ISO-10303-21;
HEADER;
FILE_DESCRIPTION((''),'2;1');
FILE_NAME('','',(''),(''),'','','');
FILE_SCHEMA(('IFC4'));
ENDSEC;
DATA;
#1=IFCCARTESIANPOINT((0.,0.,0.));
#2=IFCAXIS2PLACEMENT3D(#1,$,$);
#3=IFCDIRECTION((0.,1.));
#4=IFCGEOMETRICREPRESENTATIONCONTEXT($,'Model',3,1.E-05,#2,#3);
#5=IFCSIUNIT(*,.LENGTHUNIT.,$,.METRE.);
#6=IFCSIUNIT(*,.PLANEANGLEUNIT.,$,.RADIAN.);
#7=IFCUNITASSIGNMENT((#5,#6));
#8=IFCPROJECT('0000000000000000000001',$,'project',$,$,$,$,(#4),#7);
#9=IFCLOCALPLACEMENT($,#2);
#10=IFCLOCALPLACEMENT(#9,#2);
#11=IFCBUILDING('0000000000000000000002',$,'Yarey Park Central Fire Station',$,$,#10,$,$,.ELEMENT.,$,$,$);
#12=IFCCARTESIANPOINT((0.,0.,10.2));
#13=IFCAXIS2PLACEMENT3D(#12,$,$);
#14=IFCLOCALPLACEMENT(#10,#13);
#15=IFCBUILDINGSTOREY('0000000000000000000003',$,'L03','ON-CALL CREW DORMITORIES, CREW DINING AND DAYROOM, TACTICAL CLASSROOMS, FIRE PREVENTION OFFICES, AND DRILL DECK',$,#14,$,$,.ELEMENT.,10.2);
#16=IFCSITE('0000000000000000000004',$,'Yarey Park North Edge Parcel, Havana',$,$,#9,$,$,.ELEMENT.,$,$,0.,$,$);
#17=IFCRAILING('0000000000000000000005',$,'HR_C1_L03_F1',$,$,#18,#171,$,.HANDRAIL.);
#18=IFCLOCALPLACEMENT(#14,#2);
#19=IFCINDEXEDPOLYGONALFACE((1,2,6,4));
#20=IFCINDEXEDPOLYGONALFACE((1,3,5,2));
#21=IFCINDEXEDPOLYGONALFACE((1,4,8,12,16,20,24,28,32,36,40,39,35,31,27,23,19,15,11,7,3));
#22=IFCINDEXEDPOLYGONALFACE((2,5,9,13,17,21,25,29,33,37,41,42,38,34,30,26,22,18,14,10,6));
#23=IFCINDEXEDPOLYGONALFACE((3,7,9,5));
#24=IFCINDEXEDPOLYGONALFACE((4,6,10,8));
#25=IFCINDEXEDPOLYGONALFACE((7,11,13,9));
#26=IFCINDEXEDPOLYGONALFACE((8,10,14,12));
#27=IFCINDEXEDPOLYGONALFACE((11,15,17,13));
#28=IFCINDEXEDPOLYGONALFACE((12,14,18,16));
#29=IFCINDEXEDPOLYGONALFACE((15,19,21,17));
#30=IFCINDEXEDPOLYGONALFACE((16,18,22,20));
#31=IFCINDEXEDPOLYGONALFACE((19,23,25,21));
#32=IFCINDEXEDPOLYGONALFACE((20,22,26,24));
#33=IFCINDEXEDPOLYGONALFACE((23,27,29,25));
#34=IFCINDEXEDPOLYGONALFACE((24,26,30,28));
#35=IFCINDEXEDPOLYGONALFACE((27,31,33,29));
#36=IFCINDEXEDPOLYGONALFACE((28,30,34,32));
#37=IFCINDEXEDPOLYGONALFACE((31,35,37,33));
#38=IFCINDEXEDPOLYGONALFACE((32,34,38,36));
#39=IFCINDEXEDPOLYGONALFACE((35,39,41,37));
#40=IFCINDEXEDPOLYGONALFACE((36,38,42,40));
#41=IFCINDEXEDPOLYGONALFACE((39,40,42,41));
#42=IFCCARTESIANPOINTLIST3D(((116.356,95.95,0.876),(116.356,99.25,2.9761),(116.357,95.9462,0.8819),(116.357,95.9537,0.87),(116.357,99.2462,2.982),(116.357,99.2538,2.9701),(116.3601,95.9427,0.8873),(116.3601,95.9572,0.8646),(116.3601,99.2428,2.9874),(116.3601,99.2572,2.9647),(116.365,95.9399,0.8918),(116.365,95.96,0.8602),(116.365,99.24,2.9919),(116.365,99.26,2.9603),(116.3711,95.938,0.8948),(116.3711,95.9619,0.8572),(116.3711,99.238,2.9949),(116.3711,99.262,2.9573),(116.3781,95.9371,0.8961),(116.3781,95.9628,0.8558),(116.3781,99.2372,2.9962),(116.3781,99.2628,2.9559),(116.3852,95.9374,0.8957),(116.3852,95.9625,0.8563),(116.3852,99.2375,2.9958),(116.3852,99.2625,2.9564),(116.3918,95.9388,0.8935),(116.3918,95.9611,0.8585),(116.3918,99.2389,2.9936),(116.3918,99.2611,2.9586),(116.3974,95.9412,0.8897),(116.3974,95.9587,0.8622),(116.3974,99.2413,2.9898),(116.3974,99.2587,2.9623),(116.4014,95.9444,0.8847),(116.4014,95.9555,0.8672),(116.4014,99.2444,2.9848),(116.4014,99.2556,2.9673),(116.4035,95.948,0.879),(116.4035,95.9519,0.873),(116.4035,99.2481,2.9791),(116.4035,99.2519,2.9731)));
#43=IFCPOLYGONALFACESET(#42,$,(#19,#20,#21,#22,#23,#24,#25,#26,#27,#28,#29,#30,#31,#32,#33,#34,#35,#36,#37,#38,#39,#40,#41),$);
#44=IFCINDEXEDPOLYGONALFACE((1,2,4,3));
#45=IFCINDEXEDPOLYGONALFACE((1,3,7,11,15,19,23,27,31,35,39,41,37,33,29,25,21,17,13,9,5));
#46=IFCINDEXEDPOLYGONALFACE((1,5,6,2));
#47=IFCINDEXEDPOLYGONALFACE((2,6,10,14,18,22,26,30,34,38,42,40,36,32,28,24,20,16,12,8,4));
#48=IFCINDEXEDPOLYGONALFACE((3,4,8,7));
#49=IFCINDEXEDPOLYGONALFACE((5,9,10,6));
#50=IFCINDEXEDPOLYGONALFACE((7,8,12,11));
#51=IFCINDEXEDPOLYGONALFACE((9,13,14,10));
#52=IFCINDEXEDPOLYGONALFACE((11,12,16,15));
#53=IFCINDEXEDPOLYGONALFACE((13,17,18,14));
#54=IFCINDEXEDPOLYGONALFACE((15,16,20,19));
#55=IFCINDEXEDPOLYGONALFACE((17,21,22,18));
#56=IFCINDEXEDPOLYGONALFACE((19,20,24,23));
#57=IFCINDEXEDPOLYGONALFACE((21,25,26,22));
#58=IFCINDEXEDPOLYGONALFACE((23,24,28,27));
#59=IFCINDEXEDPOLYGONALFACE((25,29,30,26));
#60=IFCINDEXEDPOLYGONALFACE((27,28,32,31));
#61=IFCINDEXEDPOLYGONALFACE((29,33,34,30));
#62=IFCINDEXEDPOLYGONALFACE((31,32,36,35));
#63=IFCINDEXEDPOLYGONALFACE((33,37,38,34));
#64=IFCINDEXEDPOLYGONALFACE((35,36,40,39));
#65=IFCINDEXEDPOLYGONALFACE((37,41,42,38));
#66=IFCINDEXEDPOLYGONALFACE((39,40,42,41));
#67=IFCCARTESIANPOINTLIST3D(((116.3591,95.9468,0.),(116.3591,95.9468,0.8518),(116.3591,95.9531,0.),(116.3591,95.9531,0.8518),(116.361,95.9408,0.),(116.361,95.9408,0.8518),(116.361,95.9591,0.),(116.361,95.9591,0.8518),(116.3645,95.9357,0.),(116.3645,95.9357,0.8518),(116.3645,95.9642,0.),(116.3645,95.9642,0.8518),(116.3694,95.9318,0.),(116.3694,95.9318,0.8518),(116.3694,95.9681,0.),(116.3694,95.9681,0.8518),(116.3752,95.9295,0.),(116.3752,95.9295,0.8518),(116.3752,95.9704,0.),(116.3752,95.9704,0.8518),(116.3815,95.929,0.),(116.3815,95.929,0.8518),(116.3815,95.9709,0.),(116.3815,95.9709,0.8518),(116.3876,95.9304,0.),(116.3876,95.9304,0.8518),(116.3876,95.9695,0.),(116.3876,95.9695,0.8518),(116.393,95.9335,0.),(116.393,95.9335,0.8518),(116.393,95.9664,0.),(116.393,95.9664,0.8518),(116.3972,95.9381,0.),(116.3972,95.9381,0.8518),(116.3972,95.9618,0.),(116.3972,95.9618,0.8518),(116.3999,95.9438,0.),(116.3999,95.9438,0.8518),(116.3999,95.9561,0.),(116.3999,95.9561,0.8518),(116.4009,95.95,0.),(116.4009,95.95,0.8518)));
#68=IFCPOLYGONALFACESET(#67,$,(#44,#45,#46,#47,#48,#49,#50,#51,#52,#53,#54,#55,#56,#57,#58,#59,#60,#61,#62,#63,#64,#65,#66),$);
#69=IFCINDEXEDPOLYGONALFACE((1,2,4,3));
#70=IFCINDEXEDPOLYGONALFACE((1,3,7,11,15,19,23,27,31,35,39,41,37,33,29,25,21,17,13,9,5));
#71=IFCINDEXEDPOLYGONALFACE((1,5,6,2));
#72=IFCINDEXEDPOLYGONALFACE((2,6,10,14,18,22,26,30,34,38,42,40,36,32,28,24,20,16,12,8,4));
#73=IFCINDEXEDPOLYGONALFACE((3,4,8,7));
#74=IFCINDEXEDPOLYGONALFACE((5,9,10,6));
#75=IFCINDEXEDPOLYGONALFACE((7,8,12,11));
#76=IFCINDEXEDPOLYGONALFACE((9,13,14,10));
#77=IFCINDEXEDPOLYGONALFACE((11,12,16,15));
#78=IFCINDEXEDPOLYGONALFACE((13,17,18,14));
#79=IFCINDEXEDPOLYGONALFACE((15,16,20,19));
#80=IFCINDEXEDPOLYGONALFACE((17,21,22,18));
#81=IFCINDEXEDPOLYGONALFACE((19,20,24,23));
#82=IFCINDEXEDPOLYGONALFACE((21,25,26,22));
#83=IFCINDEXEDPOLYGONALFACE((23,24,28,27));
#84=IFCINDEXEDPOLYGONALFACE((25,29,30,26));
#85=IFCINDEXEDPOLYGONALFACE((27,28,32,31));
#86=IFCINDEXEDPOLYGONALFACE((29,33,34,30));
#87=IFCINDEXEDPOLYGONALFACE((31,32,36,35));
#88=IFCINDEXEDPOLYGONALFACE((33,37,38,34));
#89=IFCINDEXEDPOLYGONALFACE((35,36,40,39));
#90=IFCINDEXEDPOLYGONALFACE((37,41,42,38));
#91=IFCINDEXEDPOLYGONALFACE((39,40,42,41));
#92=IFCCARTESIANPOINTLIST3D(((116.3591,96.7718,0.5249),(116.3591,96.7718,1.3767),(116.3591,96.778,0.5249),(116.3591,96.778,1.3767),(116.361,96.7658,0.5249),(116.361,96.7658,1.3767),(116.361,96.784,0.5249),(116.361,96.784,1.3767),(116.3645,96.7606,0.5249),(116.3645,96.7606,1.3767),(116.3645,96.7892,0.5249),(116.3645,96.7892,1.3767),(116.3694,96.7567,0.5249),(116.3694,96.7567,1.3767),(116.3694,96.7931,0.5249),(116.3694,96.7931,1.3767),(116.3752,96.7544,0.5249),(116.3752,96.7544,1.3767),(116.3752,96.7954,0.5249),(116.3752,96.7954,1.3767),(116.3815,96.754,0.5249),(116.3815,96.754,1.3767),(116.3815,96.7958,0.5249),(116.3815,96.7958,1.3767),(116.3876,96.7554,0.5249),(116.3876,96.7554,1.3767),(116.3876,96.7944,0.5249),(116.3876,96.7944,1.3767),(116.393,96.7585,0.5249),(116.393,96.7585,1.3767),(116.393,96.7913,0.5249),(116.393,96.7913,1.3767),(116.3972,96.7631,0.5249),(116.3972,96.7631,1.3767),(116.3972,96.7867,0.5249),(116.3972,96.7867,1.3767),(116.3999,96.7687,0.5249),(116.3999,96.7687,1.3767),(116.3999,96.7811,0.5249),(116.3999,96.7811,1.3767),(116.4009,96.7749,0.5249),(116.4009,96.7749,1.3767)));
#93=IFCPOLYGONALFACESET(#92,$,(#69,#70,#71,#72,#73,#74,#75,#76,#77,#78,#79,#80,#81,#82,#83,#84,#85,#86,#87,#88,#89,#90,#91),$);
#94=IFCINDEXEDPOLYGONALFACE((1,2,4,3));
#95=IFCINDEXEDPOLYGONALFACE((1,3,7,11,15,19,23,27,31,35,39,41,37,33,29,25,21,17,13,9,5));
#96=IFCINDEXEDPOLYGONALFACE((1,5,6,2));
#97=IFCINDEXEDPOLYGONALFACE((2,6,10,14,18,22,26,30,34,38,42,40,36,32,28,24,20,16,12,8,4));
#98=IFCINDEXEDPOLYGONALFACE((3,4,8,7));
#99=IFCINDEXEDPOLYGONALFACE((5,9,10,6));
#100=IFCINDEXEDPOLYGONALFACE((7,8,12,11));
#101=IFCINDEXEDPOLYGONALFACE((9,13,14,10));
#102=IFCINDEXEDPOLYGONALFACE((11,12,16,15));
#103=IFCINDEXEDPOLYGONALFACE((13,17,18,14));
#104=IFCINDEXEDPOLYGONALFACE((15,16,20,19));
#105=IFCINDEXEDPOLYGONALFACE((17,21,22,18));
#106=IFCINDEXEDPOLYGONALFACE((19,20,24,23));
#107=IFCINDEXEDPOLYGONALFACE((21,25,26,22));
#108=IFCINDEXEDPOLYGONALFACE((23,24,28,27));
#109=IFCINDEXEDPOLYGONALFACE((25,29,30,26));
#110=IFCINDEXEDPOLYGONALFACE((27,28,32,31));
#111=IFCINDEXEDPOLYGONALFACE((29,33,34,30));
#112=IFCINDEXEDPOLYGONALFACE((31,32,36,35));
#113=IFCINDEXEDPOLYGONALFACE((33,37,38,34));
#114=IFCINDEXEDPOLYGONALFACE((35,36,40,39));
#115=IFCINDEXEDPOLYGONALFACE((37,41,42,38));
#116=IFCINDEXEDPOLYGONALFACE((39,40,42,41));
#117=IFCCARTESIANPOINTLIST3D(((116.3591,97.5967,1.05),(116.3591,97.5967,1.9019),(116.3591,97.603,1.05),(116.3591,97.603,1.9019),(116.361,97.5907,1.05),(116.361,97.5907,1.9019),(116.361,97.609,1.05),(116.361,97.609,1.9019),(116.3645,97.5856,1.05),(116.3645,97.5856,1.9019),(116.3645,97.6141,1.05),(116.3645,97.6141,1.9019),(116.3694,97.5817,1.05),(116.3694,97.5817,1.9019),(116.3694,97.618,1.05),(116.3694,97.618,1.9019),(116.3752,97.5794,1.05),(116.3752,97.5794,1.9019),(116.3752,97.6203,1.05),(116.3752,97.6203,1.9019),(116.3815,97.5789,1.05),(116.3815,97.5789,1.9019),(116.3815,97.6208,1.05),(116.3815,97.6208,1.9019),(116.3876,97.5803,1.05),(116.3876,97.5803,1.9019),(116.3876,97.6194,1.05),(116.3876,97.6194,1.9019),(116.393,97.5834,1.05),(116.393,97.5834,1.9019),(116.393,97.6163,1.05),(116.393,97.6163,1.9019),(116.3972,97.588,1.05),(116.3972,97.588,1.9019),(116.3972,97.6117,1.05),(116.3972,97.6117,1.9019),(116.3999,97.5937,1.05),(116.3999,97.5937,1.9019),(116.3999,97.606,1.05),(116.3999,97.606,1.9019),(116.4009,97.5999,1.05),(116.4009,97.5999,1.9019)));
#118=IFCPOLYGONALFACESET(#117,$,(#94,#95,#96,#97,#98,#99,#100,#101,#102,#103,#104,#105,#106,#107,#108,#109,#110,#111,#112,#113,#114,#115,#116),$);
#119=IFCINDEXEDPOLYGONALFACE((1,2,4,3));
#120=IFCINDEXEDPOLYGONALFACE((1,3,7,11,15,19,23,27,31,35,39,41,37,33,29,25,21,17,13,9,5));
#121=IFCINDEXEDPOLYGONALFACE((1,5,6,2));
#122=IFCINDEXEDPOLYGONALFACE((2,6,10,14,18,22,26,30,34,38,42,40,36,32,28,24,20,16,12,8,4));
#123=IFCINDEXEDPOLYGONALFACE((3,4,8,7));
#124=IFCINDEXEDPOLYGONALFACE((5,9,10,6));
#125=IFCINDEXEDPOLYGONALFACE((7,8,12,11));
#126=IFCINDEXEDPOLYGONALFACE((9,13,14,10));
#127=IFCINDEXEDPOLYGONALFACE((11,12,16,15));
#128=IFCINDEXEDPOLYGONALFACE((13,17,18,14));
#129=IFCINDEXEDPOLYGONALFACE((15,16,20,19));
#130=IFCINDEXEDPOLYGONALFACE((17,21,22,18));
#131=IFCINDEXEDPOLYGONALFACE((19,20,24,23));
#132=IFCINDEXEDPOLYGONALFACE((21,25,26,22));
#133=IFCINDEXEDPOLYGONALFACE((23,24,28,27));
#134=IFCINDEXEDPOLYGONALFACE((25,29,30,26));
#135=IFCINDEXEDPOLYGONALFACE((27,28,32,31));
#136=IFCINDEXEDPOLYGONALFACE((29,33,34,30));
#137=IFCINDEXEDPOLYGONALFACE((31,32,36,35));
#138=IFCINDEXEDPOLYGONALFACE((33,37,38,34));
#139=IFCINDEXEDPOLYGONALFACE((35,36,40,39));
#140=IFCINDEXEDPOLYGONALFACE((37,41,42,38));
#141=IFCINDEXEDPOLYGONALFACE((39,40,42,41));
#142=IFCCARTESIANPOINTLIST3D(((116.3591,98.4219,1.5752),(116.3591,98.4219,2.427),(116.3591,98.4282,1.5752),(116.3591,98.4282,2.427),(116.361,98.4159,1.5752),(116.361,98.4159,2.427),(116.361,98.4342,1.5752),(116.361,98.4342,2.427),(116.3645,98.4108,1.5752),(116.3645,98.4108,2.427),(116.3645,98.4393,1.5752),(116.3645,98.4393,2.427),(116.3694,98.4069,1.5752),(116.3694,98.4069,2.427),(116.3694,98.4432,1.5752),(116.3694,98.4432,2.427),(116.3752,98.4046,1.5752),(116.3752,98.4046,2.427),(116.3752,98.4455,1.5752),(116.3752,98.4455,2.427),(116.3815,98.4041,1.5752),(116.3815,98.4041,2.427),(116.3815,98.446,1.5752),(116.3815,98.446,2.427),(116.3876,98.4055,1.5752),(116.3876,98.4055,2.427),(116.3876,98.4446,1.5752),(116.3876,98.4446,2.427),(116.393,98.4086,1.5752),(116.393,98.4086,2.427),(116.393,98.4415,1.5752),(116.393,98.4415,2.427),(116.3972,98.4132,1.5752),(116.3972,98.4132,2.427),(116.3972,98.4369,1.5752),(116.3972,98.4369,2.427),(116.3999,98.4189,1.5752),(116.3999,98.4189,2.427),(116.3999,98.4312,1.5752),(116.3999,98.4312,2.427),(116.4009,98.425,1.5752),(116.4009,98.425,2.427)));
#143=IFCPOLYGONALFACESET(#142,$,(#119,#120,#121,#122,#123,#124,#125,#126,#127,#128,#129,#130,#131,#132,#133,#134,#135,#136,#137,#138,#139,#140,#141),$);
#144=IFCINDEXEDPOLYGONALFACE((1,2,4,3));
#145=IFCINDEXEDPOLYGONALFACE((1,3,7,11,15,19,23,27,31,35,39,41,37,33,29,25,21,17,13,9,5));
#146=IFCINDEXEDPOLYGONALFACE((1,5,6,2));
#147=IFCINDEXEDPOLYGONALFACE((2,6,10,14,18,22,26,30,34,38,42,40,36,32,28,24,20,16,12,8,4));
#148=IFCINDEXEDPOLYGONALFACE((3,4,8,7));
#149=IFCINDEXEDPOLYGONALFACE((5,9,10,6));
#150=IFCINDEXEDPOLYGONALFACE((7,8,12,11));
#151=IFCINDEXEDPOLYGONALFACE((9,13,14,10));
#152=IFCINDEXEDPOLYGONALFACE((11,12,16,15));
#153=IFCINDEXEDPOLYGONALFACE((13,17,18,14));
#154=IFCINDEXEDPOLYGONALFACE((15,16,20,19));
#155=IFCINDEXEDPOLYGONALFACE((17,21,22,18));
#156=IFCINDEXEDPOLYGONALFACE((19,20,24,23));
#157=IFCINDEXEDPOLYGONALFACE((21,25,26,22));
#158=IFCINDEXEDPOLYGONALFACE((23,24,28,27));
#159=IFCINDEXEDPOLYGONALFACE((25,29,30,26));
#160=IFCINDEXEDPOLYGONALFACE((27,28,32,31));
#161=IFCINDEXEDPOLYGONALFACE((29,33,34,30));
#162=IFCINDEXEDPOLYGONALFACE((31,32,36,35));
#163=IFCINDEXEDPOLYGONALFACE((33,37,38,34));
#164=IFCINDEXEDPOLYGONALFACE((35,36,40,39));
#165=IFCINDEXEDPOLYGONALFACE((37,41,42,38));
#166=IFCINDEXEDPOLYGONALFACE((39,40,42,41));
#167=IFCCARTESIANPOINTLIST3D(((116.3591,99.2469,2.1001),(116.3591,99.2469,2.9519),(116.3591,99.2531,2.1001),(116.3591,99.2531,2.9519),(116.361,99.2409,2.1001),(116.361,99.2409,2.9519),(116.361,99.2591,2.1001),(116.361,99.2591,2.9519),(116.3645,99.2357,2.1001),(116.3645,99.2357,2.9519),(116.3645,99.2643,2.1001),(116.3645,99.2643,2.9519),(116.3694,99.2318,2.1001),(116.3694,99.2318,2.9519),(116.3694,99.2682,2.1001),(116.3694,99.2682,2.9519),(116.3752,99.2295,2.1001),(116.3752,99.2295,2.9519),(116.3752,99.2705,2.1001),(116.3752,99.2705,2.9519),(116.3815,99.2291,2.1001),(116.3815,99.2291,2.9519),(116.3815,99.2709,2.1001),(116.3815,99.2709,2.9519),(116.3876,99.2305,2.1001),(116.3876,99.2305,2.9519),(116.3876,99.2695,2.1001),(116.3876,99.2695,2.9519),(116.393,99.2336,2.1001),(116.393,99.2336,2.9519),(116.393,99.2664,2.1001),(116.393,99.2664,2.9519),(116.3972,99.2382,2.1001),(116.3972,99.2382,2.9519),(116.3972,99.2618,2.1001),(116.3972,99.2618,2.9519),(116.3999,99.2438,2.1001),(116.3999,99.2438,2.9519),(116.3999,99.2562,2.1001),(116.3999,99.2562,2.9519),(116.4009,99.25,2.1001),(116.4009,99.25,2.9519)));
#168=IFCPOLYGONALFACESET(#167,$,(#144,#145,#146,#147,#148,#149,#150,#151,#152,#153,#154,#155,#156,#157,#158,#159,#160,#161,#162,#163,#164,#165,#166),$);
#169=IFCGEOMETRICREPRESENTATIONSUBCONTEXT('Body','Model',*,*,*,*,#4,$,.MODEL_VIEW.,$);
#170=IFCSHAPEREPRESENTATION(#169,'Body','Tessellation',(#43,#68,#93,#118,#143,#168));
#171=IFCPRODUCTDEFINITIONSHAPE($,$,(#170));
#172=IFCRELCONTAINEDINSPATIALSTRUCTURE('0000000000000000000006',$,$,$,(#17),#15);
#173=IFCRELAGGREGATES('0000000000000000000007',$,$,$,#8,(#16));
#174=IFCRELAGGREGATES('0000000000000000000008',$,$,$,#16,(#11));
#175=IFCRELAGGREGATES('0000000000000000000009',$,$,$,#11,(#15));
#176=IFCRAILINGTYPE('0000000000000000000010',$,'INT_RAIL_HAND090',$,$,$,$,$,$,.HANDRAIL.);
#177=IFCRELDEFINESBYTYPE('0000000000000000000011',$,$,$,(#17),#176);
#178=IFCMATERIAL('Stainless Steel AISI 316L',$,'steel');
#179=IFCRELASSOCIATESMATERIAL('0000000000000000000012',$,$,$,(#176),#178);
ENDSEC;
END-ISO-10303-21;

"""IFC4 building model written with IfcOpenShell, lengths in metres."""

from ifc_helpers import new_model, si_unit, direction, frame, origin, origin_2d, place, context, subcontext, project, spatial, circle, extrude, material, type_object, element, save


model = new_model("IFC4")

# Units and contexts
model_context = context("Model", 3, precision=1e-05, world=origin(), true_north=direction((0.0, 1.0)))
body_context = subcontext(model_context, "Body", "Model", "MODEL_VIEW")
ifc_project = project(units=[si_unit("LENGTHUNIT", "METRE"), si_unit("PLANEANGLEUNIT", "RADIAN")], contexts=[model_context])

# Site, building, storey
site_placement = place(None, origin())
site = spatial("IfcSite", under=ifc_project, at=site_placement, Name="Yarey Park North Edge Parcel, Havana", CompositionType="ELEMENT", RefElevation=0.0)
building_placement = place(site_placement, origin())
building = spatial("IfcBuilding", under=site, at=building_placement, Name="Yarey Park Central Fire Station", CompositionType="ELEMENT")
storey_placement = place(building_placement, frame((0.0, 0.0, 10.2)))
storey = spatial("IfcBuildingStorey", under=building, at=storey_placement, Name="L03", Description="ON-CALL CREW DORMITORIES, CREW DINING AND DAYROOM, TACTICAL CLASSROOMS, FIRE PREVENTION OFFICES, AND DRILL DECK", CompositionType="ELEMENT", Elevation=10.2)

# Railing
ifc_material_1 = material(Name="Stainless Steel AISI 316L", Category="steel")
railing_type_1 = type_object("IfcRailingType", Name="INT_RAIL_HAND090", PredefinedType="HANDRAIL", material=ifc_material_1)
railing_1_placement = place(storey_placement, frame((116.3799, 95.95, 0.0)))
element("IfcRailing", 1, at=railing_1_placement, inside=storey, type_object=railing_type_1, Name="HR_C1_L03_F1", PredefinedType="HANDRAIL", context=body_context, shape_type="SweptSolid", body=[
    extrude(circle(Radius=0.0239, at=origin_2d()), frame((0.0, 0.0, 0.876), z_axis=(0.0, 0.843654, 0.536888), x_axis=(-1.0, 0.0, 0.0)), (0.0, 0.0, 1.0), 3.9116),
    extrude(circle(Radius=0.021, at=origin_2d()), origin(), (0.0, 0.0, 1.0), 0.8518),
    extrude(circle(Radius=0.021, at=origin_2d()), frame((0.0, 0.825, 0.5249)), (0.0, 0.0, 1.0), 0.8518),
    extrude(circle(Radius=0.021, at=origin_2d()), frame((0.0, 1.6499, 1.05)), (0.0, 0.0, 1.0), 0.8518),
    extrude(circle(Radius=0.021, at=origin_2d()), frame((0.0, 2.4751, 1.5752)), (0.0, 0.0, 1.0), 0.8518),
    extrude(circle(Radius=0.021, at=origin_2d()), frame((0.0, 3.3, 2.1001)), (0.0, 0.0, 1.0), 0.8518),
])

save(model, "model.ifc")
